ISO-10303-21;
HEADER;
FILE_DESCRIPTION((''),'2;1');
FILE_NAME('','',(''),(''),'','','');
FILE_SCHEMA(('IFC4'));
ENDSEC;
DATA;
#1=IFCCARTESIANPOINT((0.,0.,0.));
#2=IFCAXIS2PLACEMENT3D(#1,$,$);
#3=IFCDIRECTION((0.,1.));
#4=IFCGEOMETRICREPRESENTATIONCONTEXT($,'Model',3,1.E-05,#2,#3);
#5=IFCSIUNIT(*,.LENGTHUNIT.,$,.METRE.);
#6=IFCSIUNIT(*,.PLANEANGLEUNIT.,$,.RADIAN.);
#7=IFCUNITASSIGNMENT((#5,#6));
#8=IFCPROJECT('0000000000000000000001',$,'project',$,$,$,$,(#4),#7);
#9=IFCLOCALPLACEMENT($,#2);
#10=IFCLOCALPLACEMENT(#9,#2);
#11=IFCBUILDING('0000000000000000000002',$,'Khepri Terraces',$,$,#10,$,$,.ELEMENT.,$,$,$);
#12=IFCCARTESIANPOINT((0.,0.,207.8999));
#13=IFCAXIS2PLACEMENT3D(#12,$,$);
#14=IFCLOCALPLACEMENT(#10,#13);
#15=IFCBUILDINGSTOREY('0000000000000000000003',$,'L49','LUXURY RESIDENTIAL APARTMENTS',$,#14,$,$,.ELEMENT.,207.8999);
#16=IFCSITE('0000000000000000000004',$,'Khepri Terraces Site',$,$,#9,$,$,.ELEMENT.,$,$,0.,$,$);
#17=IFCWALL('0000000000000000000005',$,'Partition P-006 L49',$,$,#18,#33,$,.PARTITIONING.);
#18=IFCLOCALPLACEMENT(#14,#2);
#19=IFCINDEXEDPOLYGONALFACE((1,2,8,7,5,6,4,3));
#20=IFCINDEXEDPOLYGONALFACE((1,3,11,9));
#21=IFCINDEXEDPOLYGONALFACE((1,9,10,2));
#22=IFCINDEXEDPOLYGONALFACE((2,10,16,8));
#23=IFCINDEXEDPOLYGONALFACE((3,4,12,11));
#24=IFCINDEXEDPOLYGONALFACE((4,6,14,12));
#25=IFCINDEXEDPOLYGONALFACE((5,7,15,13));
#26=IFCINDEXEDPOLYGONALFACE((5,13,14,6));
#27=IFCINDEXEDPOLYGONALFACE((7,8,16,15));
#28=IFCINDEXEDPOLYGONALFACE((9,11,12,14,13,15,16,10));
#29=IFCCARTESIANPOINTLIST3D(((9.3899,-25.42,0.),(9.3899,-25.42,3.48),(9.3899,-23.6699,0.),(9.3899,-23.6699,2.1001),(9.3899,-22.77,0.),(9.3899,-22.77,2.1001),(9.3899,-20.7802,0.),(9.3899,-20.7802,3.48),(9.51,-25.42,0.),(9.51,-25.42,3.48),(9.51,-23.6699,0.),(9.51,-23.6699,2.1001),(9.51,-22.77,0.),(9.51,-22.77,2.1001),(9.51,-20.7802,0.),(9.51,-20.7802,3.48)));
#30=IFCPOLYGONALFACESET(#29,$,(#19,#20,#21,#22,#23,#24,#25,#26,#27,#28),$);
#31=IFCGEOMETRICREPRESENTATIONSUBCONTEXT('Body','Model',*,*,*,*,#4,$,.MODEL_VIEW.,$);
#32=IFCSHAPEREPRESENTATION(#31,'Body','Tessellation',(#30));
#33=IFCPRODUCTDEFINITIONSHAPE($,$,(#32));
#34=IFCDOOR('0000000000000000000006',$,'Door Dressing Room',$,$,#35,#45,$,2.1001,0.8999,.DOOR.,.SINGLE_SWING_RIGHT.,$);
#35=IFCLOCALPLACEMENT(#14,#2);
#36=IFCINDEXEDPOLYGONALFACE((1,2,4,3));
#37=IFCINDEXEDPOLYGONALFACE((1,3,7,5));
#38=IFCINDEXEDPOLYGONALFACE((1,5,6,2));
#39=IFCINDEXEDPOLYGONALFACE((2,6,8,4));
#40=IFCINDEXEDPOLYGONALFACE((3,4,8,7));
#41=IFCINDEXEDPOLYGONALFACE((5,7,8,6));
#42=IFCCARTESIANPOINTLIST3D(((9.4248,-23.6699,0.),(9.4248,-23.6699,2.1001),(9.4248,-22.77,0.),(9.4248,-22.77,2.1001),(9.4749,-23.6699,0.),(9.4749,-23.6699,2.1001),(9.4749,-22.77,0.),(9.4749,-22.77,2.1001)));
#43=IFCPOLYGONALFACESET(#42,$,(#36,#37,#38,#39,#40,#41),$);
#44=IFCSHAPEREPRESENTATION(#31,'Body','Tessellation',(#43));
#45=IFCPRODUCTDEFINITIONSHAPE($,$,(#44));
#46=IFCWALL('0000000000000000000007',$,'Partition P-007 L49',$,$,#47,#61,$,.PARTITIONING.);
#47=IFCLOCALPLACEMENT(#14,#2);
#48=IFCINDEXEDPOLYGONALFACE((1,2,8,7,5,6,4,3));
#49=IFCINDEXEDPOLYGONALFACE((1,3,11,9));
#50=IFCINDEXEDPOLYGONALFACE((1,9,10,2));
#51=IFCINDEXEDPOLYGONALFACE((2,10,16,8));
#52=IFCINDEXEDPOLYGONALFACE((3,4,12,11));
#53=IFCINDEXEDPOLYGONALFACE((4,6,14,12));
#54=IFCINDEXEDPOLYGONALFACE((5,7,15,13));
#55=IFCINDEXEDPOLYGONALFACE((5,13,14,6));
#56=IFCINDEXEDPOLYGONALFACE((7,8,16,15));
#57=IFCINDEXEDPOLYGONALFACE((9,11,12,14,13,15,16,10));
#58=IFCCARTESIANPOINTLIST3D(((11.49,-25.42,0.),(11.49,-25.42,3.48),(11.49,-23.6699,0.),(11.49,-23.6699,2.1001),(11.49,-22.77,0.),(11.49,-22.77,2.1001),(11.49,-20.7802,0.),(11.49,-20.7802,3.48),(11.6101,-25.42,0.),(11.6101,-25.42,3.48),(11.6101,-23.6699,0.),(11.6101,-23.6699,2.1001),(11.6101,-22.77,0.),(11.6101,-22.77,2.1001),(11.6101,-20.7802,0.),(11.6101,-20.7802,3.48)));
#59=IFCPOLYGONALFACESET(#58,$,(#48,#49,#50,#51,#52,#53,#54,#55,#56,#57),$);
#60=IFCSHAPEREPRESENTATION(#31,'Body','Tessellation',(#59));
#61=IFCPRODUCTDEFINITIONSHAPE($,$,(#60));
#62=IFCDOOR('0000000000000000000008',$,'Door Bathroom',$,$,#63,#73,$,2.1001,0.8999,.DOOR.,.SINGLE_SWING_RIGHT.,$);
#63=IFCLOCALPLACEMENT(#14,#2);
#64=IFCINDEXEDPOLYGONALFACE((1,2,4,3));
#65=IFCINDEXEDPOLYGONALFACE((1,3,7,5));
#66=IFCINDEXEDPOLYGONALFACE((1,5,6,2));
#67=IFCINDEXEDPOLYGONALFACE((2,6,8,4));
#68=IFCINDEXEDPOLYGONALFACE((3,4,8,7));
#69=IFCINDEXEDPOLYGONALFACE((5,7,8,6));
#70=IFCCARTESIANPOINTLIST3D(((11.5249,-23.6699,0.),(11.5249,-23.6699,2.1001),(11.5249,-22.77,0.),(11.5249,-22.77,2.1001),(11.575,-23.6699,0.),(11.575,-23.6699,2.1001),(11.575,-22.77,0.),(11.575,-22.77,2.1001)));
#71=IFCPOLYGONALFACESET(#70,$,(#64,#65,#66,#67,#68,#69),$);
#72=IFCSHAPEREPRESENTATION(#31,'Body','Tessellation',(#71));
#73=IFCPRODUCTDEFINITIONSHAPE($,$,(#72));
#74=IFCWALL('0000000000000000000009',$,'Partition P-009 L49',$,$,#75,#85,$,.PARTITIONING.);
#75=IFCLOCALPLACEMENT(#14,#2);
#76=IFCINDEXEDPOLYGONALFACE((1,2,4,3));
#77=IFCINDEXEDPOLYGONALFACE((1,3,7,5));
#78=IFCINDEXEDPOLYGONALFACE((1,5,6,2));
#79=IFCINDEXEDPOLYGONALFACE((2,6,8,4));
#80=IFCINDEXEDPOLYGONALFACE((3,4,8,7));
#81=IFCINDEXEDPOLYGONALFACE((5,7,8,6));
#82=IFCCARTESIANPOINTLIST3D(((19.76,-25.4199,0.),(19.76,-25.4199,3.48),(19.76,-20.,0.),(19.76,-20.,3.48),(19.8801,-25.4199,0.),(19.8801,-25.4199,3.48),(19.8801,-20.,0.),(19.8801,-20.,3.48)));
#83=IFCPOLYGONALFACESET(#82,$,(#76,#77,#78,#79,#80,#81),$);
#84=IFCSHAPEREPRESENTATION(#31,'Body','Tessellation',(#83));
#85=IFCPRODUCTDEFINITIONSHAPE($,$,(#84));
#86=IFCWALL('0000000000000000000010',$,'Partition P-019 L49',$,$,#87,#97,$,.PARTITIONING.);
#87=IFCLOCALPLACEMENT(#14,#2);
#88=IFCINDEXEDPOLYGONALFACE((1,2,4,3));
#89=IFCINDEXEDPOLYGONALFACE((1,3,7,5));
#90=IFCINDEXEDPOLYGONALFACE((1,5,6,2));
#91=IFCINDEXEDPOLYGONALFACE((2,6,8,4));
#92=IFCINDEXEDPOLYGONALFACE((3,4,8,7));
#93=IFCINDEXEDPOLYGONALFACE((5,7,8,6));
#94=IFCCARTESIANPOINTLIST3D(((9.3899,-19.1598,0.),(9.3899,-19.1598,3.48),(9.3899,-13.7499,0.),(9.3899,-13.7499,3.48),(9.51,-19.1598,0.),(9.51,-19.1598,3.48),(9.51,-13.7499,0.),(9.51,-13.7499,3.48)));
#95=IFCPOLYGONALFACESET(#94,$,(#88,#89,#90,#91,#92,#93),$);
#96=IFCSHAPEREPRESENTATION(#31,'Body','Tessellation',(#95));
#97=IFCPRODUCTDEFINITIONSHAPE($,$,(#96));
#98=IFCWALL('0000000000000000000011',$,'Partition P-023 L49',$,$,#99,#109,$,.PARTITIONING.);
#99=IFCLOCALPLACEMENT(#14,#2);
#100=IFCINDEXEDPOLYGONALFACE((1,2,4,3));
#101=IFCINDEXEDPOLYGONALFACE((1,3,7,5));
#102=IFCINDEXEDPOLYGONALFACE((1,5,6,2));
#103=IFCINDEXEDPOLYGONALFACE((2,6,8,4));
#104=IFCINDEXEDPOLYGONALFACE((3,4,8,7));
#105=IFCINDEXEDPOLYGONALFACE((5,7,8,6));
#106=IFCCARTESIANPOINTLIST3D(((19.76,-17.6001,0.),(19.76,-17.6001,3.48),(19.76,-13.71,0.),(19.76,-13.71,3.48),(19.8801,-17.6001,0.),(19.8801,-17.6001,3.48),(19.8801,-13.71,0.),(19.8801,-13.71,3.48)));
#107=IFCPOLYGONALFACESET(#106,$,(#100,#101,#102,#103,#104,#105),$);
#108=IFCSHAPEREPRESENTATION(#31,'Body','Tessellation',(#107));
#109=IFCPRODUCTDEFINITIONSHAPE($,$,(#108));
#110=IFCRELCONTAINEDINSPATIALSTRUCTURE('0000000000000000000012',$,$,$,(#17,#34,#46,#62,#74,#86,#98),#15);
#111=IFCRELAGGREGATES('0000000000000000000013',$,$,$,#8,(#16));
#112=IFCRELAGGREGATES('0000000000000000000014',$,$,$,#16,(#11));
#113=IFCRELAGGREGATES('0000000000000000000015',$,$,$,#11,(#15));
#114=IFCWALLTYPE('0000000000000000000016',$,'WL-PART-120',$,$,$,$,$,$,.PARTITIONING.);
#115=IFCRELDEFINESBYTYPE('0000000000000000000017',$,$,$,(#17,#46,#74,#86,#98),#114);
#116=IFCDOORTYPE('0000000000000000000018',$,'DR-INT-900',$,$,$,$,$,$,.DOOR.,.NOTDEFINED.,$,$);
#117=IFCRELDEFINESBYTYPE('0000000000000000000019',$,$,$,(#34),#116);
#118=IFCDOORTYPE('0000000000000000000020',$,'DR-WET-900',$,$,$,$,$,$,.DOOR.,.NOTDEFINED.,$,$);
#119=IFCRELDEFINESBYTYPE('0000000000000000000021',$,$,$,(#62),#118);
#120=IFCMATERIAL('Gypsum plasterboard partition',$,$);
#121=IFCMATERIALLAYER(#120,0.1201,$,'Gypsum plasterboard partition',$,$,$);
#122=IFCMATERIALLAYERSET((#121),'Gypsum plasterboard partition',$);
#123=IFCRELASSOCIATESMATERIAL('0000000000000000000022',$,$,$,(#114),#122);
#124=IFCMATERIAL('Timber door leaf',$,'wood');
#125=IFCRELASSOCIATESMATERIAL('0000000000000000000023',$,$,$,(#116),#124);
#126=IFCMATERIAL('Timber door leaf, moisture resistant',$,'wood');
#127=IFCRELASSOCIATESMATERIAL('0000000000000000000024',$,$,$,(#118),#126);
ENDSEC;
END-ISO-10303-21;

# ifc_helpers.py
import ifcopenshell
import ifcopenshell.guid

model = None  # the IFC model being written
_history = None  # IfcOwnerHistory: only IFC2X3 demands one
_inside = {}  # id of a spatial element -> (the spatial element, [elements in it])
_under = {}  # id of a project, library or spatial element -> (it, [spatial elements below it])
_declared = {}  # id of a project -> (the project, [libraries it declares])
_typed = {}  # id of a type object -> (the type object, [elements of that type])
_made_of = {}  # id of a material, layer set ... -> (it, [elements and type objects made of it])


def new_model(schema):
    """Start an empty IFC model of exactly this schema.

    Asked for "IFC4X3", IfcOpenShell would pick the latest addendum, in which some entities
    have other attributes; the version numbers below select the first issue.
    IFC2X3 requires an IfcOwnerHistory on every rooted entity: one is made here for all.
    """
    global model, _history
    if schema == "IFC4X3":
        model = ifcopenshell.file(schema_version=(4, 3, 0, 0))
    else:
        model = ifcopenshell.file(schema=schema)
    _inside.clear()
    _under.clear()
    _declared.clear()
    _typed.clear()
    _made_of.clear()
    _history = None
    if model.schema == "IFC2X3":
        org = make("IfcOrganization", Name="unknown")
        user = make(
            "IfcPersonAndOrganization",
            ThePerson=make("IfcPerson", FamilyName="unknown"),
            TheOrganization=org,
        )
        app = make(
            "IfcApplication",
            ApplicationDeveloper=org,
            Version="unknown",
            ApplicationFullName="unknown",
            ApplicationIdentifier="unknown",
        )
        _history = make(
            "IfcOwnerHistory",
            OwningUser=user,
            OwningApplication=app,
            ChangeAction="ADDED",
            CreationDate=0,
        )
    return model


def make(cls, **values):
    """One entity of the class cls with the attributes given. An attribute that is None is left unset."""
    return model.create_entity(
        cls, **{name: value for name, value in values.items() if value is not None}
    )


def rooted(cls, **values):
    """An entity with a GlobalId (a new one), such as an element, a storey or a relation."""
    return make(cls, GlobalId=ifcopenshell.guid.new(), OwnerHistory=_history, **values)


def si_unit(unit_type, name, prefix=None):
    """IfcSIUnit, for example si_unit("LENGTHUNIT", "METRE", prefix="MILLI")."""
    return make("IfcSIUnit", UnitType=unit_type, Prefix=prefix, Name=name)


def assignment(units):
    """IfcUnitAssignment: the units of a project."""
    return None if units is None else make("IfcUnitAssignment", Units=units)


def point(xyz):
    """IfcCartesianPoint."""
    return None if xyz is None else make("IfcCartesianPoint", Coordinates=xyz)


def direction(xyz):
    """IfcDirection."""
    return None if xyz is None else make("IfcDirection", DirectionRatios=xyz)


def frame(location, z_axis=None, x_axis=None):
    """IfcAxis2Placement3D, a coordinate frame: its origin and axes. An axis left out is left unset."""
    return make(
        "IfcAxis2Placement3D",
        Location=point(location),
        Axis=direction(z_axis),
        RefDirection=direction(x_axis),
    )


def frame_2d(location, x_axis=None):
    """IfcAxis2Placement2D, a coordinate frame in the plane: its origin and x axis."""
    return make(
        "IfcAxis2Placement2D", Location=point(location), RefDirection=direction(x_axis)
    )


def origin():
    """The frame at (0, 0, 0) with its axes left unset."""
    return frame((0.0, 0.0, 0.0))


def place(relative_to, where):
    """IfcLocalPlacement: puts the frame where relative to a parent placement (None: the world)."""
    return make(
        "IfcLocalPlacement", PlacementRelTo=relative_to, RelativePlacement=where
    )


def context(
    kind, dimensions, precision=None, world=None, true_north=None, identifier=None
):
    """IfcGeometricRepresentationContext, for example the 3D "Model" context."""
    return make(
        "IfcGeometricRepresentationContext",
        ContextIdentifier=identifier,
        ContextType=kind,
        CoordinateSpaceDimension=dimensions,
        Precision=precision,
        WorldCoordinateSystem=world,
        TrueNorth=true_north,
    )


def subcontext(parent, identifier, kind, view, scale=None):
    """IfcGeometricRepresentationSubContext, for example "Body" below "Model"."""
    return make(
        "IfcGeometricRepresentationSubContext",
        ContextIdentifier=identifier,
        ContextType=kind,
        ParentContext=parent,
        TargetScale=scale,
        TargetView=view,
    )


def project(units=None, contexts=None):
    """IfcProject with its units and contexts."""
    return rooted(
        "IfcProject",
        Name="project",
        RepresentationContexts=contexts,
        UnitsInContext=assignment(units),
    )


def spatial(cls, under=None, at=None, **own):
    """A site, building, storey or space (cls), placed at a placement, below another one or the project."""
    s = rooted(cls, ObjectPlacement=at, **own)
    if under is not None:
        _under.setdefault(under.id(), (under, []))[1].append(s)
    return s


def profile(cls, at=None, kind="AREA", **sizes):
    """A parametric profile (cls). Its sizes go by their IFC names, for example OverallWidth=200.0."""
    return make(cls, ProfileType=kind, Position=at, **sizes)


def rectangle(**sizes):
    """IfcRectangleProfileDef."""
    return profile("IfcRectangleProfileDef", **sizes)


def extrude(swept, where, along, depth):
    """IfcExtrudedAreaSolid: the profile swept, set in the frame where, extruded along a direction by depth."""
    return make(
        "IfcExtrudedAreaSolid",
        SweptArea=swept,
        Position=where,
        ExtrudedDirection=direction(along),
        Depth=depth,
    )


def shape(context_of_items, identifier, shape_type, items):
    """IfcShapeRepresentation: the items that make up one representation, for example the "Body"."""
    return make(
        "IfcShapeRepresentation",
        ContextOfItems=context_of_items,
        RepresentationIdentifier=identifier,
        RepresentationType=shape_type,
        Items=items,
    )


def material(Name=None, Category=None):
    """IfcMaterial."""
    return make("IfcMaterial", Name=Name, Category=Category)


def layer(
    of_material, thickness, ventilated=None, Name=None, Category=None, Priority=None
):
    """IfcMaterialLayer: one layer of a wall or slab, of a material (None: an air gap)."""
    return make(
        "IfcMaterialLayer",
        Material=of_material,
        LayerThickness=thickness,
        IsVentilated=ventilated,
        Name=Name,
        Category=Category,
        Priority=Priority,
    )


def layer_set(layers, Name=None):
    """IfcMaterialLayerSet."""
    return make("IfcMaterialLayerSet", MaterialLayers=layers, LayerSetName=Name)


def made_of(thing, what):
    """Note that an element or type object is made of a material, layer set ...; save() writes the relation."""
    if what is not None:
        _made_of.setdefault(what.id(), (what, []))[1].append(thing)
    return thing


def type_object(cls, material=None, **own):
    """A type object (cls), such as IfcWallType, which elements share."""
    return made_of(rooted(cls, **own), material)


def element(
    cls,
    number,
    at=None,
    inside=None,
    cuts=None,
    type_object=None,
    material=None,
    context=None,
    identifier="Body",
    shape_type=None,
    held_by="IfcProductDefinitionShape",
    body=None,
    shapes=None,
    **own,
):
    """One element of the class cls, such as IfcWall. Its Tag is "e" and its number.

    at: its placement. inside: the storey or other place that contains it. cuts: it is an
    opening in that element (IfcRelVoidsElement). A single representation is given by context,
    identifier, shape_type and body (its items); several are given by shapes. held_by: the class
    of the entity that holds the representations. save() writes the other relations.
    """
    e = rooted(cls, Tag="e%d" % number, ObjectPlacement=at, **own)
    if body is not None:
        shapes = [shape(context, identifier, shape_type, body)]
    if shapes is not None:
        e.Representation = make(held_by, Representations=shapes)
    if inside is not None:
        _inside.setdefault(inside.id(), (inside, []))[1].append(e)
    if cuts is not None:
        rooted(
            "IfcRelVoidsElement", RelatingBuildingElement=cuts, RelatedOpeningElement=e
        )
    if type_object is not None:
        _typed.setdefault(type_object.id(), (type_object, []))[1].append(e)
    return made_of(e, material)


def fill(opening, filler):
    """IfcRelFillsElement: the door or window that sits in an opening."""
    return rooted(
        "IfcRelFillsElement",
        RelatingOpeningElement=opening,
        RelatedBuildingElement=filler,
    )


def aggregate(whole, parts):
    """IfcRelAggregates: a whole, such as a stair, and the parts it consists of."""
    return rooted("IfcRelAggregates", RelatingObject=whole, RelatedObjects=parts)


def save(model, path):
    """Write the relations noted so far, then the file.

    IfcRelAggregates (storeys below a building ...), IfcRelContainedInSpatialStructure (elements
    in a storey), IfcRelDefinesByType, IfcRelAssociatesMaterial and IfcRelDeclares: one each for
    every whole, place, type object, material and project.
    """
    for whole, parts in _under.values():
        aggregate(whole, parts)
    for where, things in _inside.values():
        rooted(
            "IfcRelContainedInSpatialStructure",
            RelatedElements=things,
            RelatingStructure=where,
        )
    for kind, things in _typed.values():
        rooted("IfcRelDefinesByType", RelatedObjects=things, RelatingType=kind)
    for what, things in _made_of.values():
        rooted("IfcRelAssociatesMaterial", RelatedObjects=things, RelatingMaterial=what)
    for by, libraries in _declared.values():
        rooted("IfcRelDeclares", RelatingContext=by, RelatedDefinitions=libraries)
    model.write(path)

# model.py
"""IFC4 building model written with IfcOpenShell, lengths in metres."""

from ifc_helpers import new_model, si_unit, direction, frame, frame_2d, origin, place, context, subcontext, project, spatial, rectangle, extrude, material, layer, layer_set, type_object, element, fill, save


model = new_model("IFC4")

# Units and contexts
model_context = context("Model", 3, precision=1e-05, world=origin(), true_north=direction((0.0, 1.0)))
body_context = subcontext(model_context, "Body", "Model", "MODEL_VIEW")
ifc_project = project(units=[si_unit("LENGTHUNIT", "METRE"), si_unit("PLANEANGLEUNIT", "RADIAN")], contexts=[model_context])

# Site, building, storey
site_placement = place(None, origin())
site = spatial("IfcSite", under=ifc_project, at=site_placement, Name="Khepri Terraces Site", CompositionType="ELEMENT", RefElevation=0.0)
building_placement = place(site_placement, origin())
building = spatial("IfcBuilding", under=site, at=building_placement, Name="Khepri Terraces", CompositionType="ELEMENT")
storey_placement = place(building_placement, frame((0.0, 0.0, 207.8999)))
storey = spatial("IfcBuildingStorey", under=building, at=storey_placement, Name="L49", Description="LUXURY RESIDENTIAL APARTMENTS", CompositionType="ELEMENT", Elevation=207.8999)

# Walls, openings, doors
ifc_material_1 = material(Name="Gypsum plasterboard partition")
ifc_layer_1 = layer(ifc_material_1, 0.1201, Name="Gypsum plasterboard partition")
ifc_layer_set_1 = layer_set([ifc_layer_1], Name="Gypsum plasterboard partition")
wall_type_1 = type_object("IfcWallType", Name="WL-PART-120", PredefinedType="PARTITIONING", material=ifc_layer_set_1)
wall_1_placement = place(storey_placement, frame((9.45, -25.4199, 0.0), z_axis=(0.0, 0.0, 1.0), x_axis=(0.0, 1.0, 0.0)))
wall_1 = element("IfcWall", 1, at=wall_1_placement, inside=storey, type_object=wall_type_1, Name="Partition P-006 L49", PredefinedType="PARTITIONING", context=body_context, shape_type="SweptSolid", body=[
    extrude(rectangle(XDim=4.6399, YDim=0.1201, at=frame_2d((2.3198, 0.0))), origin(), (0.0, 0.0, 1.0), 3.48),
])
opening_1_placement = place(wall_1_placement, frame((1.75, 0.0, 0.0)))
opening_1 = element("IfcOpeningElement", 2, at=opening_1_placement, cuts=wall_1, PredefinedType="OPENING", context=body_context, shape_type="SweptSolid", body=[
    extrude(rectangle(XDim=0.8999, YDim=2.1001, at=frame_2d((0.45, 1.05))), frame((0.0, 0.0701, 0.0), z_axis=(0.0, -1.0, 0.0), x_axis=(1.0, 0.0, 0.0)), (0.0, 0.0, 1.0), 0.1401),
])
ifc_material_2 = material(Name="Timber door leaf", Category="wood")
door_type_1 = type_object("IfcDoorType", Name="DR-INT-900", OperationType="NOTDEFINED", PredefinedType="DOOR", material=ifc_material_2)
door_1_placement = place(opening_1_placement, frame((0.8999, 0.0, 0.0), z_axis=(0.0, 0.0, 1.0), x_axis=(-1.0, 0.0, 0.0)))
door_1 = element("IfcDoor", 3, at=door_1_placement, inside=storey, type_object=door_type_1, Name="Door Dressing Room", OperationType="SINGLE_SWING_RIGHT", OverallHeight=2.1001, OverallWidth=0.8999, PredefinedType="DOOR", context=body_context, shape_type="SweptSolid", body=[
    extrude(rectangle(XDim=0.8999, YDim=2.1001, at=frame_2d((0.45, 1.05))), frame((0.0, 0.0249, 0.0), z_axis=(0.0, -1.0, 0.0), x_axis=(1.0, 0.0, 0.0)), (0.0, 0.0, 1.0), 0.05),
])
fill(opening_1, door_1)
wall_2_placement = place(storey_placement, frame((11.55, -25.4199, 0.0), z_axis=(0.0, 0.0, 1.0), x_axis=(0.0, 1.0, 0.0)))
wall_2 = element("IfcWall", 4, at=wall_2_placement, inside=storey, type_object=wall_type_1, Name="Partition P-007 L49", PredefinedType="PARTITIONING", context=body_context, shape_type="SweptSolid", body=[
    extrude(rectangle(XDim=4.6399, YDim=0.1201, at=frame_2d((2.3198, 0.0))), origin(), (0.0, 0.0, 1.0), 3.48),
])
opening_2_placement = place(wall_2_placement, frame((1.75, 0.0, 0.0)))
opening_2 = element("IfcOpeningElement", 5, at=opening_2_placement, cuts=wall_2, PredefinedType="OPENING", context=body_context, shape_type="SweptSolid", body=[
    extrude(rectangle(XDim=0.8999, YDim=2.1001, at=frame_2d((0.45, 1.05))), frame((0.0, 0.0701, 0.0), z_axis=(0.0, -1.0, 0.0), x_axis=(1.0, 0.0, 0.0)), (0.0, 0.0, 1.0), 0.1401),
])
ifc_material_3 = material(Name="Timber door leaf, moisture resistant", Category="wood")
door_type_2 = type_object("IfcDoorType", Name="DR-WET-900", OperationType="NOTDEFINED", PredefinedType="DOOR", material=ifc_material_3)
door_2_placement = place(opening_2_placement, frame((0.8999, 0.0, 0.0), z_axis=(0.0, 0.0, 1.0), x_axis=(-1.0, 0.0, 0.0)))
door_2 = element("IfcDoor", 6, at=door_2_placement, inside=storey, type_object=door_type_2, Name="Door Bathroom", OperationType="SINGLE_SWING_RIGHT", OverallHeight=2.1001, OverallWidth=0.8999, PredefinedType="DOOR", context=body_context, shape_type="SweptSolid", body=[
    extrude(rectangle(XDim=0.8999, YDim=2.1001, at=frame_2d((0.45, 1.05))), frame((0.0, 0.0249, 0.0), z_axis=(0.0, -1.0, 0.0), x_axis=(1.0, 0.0, 0.0)), (0.0, 0.0, 1.0), 0.05),
])
fill(opening_2, door_2)

# Walls
wall_3_placement = place(storey_placement, frame((19.8201, -25.4199, 0.0), z_axis=(0.0, 0.0, 1.0), x_axis=(0.0, 1.0, 0.0)))
element("IfcWall", 7, at=wall_3_placement, inside=storey, type_object=wall_type_1, Name="Partition P-009 L49", PredefinedType="PARTITIONING", context=body_context, shape_type="SweptSolid", body=[
    extrude(rectangle(XDim=5.4199, YDim=0.1201, at=frame_2d((2.71, 0.0))), origin(), (0.0, 0.0, 1.0), 3.48),
])
wall_4_placement = place(storey_placement, frame((9.45, -19.1599, 0.0), z_axis=(0.0, 0.0, 1.0), x_axis=(0.0, 1.0, 0.0)))
element("IfcWall", 8, at=wall_4_placement, inside=storey, type_object=wall_type_1, Name="Partition P-019 L49", PredefinedType="PARTITIONING", context=body_context, shape_type="SweptSolid", body=[
    extrude(rectangle(XDim=5.4099, YDim=0.1201, at=frame_2d((2.7051, 0.0))), origin(), (0.0, 0.0, 1.0), 3.48),
])
wall_5_placement = place(storey_placement, frame((19.8201, -17.6001, 0.0), z_axis=(0.0, 0.0, 1.0), x_axis=(0.0, 1.0, 0.0)))
element("IfcWall", 9, at=wall_5_placement, inside=storey, type_object=wall_type_1, Name="Partition P-023 L49", PredefinedType="PARTITIONING", context=body_context, shape_type="SweptSolid", body=[
    extrude(rectangle(XDim=3.8901, YDim=0.1201, at=frame_2d((1.9451, 0.0))), origin(), (0.0, 0.0, 1.0), 3.48),
])

save(model, "model.ifc")
